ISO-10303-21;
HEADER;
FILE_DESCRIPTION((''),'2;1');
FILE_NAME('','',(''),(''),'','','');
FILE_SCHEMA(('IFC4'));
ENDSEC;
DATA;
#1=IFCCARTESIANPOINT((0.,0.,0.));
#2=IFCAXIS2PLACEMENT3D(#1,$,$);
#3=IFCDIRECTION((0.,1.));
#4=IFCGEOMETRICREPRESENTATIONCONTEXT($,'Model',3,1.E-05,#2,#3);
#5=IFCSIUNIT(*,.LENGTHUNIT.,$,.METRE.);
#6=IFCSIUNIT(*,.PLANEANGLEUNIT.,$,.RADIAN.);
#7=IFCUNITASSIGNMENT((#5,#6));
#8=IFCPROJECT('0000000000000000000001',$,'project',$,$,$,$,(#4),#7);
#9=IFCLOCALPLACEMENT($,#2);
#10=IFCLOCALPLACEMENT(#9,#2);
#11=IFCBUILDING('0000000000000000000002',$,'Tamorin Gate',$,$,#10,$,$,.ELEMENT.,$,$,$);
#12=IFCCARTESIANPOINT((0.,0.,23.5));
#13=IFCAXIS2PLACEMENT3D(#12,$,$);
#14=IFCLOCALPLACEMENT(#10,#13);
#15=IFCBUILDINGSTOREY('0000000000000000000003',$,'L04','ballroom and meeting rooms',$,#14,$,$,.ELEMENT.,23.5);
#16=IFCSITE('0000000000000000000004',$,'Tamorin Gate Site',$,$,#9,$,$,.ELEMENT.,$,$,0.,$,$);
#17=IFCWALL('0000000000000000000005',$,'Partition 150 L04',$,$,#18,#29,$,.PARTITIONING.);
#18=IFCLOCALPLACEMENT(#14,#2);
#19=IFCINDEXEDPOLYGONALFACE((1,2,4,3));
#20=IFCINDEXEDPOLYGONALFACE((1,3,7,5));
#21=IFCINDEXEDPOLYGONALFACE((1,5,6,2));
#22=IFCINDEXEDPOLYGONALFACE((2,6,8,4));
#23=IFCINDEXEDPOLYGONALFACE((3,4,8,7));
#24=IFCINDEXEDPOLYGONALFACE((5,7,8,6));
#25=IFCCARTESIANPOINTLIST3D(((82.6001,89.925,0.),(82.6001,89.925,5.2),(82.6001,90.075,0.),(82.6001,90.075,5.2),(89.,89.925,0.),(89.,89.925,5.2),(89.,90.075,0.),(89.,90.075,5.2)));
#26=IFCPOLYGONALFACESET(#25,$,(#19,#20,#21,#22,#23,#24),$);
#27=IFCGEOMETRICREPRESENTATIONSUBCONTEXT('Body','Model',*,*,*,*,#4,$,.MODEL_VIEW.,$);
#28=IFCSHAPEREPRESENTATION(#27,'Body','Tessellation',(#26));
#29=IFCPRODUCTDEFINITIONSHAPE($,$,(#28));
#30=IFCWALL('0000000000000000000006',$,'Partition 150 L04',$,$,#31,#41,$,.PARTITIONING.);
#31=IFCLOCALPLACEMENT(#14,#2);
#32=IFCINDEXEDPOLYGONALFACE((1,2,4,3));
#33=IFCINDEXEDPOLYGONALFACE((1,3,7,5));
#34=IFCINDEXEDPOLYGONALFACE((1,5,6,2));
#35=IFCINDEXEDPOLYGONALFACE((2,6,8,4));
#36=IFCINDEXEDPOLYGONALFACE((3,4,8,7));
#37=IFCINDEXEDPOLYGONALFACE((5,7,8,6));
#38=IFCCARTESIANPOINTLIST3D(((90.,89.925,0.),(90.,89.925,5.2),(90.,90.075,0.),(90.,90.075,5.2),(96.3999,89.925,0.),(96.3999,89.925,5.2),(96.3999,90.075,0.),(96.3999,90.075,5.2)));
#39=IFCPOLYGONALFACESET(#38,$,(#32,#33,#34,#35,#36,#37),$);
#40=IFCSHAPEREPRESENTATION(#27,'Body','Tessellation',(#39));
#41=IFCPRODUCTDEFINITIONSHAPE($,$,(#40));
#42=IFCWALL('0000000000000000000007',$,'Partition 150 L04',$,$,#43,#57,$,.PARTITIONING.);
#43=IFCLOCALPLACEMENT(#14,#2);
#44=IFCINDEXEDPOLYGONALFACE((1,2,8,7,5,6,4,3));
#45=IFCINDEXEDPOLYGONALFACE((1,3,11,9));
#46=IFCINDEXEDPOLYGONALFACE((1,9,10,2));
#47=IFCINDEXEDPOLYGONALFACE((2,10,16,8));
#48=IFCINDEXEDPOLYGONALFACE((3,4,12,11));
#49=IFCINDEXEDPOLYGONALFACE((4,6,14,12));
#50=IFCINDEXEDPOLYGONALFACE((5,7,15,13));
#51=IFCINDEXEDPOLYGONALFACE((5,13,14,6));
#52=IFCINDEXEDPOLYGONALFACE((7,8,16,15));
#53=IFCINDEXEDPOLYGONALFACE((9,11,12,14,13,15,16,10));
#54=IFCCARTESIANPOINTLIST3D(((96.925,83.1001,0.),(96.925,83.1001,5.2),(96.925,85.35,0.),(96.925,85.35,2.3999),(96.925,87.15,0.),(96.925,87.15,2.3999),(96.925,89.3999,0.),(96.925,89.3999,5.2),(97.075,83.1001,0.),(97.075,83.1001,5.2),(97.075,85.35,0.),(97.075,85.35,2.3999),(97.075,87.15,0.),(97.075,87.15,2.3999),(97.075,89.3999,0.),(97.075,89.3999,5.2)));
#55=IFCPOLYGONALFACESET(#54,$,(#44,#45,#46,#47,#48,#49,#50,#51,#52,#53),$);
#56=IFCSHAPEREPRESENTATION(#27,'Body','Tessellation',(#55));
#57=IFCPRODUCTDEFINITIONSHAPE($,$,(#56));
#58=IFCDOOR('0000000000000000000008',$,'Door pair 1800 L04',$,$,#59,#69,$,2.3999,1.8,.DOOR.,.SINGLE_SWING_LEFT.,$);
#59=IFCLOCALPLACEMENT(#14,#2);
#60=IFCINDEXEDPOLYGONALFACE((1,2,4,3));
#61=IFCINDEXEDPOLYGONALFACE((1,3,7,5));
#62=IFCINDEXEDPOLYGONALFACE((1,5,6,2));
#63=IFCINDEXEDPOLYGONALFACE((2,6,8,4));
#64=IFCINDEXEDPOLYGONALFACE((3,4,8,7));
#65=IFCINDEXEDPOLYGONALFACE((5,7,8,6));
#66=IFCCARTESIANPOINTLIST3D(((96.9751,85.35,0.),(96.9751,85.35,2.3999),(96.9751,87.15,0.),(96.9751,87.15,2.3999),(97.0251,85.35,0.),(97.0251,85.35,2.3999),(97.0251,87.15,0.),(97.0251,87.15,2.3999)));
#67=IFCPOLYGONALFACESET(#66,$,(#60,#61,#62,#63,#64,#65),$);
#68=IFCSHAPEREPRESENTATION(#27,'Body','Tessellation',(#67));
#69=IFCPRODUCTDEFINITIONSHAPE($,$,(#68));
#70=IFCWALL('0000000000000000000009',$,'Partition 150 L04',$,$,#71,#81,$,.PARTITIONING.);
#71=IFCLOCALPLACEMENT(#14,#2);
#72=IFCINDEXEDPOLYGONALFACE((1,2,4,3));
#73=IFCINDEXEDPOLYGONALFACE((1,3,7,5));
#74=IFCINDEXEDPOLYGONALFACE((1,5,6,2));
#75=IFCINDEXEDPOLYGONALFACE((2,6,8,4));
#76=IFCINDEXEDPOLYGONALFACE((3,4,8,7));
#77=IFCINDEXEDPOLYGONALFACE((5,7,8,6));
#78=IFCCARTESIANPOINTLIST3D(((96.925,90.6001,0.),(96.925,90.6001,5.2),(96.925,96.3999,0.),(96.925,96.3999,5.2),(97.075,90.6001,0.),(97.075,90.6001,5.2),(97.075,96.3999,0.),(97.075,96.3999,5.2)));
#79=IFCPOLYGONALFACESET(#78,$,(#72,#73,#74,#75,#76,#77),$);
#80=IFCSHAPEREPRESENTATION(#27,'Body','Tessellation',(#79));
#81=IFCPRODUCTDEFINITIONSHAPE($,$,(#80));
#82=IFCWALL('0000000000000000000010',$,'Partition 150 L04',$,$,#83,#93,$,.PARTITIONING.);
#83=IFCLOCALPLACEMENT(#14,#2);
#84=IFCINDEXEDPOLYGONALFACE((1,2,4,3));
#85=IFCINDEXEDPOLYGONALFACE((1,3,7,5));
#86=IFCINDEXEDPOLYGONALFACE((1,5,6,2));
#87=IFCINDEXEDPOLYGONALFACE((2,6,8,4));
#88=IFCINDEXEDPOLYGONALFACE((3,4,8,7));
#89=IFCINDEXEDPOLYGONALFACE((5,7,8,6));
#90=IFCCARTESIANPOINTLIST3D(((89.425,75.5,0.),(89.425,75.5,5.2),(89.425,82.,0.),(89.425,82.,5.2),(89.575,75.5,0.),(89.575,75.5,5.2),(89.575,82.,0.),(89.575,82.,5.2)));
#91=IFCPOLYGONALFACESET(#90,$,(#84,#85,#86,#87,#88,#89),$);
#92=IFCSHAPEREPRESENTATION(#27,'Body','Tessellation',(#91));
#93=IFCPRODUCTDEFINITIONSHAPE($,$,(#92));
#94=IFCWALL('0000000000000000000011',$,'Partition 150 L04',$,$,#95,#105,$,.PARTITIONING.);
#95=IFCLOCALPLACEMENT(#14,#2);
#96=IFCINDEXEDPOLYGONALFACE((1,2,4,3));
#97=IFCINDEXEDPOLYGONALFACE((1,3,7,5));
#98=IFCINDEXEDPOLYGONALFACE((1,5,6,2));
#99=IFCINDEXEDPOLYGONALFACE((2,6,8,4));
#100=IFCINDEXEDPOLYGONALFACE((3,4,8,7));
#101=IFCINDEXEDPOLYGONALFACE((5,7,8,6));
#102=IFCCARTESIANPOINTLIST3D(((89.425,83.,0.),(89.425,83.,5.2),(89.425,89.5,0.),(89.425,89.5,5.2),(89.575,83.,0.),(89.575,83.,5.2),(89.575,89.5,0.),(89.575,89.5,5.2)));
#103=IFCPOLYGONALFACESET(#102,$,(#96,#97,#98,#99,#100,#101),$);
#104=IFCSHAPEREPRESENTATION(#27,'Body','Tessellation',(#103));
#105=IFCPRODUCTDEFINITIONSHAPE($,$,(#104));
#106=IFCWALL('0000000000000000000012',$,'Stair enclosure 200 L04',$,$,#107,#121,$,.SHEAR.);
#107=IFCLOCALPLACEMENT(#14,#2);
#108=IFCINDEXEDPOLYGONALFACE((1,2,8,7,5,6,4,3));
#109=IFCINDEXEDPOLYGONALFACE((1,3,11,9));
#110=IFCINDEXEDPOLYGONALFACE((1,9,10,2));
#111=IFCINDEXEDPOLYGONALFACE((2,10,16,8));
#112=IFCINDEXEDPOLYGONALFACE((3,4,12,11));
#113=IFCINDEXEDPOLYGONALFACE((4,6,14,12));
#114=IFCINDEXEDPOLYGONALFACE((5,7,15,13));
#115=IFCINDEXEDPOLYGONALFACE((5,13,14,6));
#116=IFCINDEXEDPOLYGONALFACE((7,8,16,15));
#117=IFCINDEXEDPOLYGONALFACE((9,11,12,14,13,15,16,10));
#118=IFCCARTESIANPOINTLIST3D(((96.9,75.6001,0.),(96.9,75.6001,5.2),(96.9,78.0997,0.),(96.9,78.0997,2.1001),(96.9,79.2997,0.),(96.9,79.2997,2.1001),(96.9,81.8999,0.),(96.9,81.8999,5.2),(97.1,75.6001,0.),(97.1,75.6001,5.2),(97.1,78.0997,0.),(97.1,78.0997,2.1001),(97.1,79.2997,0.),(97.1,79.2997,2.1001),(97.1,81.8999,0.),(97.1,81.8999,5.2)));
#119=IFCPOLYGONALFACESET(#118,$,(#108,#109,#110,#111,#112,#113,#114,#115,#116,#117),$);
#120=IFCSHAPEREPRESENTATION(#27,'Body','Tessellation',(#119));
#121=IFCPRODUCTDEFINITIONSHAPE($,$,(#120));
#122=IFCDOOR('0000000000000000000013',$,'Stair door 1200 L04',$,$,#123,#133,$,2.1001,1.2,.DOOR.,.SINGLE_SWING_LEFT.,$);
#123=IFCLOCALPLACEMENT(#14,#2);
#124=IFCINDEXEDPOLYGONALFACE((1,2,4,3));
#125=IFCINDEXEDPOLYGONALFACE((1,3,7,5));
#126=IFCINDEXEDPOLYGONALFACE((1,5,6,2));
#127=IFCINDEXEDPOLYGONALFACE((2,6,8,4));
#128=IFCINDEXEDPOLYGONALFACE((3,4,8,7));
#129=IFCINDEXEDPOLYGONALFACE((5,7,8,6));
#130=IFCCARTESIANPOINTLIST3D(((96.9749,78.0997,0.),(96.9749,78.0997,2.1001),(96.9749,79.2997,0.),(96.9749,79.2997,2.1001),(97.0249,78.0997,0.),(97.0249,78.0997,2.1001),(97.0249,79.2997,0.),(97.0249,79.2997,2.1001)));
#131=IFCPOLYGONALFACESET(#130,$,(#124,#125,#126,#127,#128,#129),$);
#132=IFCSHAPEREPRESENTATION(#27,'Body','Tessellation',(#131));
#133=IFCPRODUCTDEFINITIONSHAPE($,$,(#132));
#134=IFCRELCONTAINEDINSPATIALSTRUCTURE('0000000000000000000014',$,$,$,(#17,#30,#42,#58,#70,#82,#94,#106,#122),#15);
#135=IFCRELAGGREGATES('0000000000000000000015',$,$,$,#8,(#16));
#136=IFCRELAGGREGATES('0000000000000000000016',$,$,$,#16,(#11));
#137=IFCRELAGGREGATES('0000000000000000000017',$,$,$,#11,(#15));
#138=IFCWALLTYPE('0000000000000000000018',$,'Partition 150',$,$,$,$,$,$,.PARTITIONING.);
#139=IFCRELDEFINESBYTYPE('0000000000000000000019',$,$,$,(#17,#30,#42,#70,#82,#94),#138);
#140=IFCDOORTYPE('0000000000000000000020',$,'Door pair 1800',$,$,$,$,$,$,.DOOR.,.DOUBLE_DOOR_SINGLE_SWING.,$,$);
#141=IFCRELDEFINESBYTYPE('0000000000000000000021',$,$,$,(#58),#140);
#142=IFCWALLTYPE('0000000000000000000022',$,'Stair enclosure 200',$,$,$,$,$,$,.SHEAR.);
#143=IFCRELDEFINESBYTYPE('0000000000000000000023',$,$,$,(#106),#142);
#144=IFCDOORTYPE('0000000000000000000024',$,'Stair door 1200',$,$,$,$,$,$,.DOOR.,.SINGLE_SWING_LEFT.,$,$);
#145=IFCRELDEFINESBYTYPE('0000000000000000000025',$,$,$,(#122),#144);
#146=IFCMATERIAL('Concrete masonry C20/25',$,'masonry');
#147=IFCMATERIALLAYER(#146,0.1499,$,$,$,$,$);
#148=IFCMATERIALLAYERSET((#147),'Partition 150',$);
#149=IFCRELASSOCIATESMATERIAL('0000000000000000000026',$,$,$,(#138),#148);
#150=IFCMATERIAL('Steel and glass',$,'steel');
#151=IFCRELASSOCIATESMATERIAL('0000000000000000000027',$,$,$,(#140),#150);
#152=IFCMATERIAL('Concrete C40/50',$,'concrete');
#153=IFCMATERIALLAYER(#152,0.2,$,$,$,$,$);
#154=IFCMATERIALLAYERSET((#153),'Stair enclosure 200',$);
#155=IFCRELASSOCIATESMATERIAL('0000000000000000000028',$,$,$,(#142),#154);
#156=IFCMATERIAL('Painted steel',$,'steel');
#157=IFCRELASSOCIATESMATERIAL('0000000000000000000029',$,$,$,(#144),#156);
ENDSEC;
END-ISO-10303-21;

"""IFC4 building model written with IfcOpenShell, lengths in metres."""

from ifc_helpers import new_model, si_unit, direction, frame, frame_2d, origin, place, context, subcontext, project, spatial, rectangle, extrude, material, layer, layer_set, type_object, element, fill, save


model = new_model("IFC4")

# Units and contexts
model_context = context("Model", 3, precision=1e-05, world=origin(), true_north=direction((0.0, 1.0)))
body_context = subcontext(model_context, "Body", "Model", "MODEL_VIEW")
ifc_project = project(units=[si_unit("LENGTHUNIT", "METRE"), si_unit("PLANEANGLEUNIT", "RADIAN")], contexts=[model_context])

# Site, building, storey
site_placement = place(None, origin())
site = spatial("IfcSite", under=ifc_project, at=site_placement, Name="Tamorin Gate Site", CompositionType="ELEMENT", RefElevation=0.0)
building_placement = place(site_placement, origin())
building = spatial("IfcBuilding", under=site, at=building_placement, Name="Tamorin Gate", CompositionType="ELEMENT")
storey_placement = place(building_placement, frame((0.0, 0.0, 23.5)))
storey = spatial("IfcBuildingStorey", under=building, at=storey_placement, Name="L04", Description="ballroom and meeting rooms", CompositionType="ELEMENT", Elevation=23.5)

# Shared definitions
ifc_material_1 = material(Name="Concrete masonry C20/25", Category="masonry")
ifc_layer_1 = layer(ifc_material_1, 0.1499)
ifc_layer_set_1 = layer_set([ifc_layer_1], Name="Partition 150")
wall_type_1 = type_object("IfcWallType", Name="Partition 150", PredefinedType="PARTITIONING", material=ifc_layer_set_1)
ifc_material_2 = material(Name="Steel and glass", Category="steel")
door_type_1 = type_object("IfcDoorType", Name="Door pair 1800", OperationType="DOUBLE_DOOR_SINGLE_SWING", PredefinedType="DOOR", material=ifc_material_2)

# Walls
for number, where, z_axis, x_axis, name in (
    (1, (82.6001, 90.0, 0.0), (0.0, 0.0, 1.0), (1.0, 0.0, 0.0), "Partition 150 L04"),
    (2, (90.0, 90.0, 0.0), (0.0, 0.0, 1.0), (1.0, 0.0, 0.0), "Partition 150 L04"),
):
    element("IfcWall", number, at=place(storey_placement, frame(where, z_axis=z_axis, x_axis=x_axis)), inside=storey, type_object=wall_type_1, Name=name, PredefinedType="PARTITIONING", context=body_context, shape_type="SweptSolid", body=[
        extrude(rectangle(XDim=6.3999, YDim=0.1499, at=frame_2d((3.2, 0.0))), origin(), (0.0, 0.0, 1.0), 5.2),
    ])

# Wall, opening, door
wall_1_placement = place(storey_placement, frame((97.0, 83.1001, 0.0), z_axis=(0.0, 0.0, 1.0), x_axis=(0.0, 1.0, 0.0)))
wall_1 = element("IfcWall", 3, at=wall_1_placement, inside=storey, type_object=wall_type_1, Name="Partition 150 L04", PredefinedType="PARTITIONING", context=body_context, shape_type="SweptSolid", body=[
    extrude(rectangle(XDim=6.2998, YDim=0.1499, at=frame_2d((3.1499, 0.0))), origin(), (0.0, 0.0, 1.0), 5.2),
])
opening_1_placement = place(wall_1_placement, frame((2.25, 0.0, 0.0)))
opening_1 = element("IfcOpeningElement", 4, at=opening_1_placement, cuts=wall_1, PredefinedType="OPENING", context=body_context, shape_type="SweptSolid", body=[
    extrude(rectangle(XDim=1.8, YDim=2.3999, at=frame_2d((0.8999, 1.2))), frame((0.0, 0.085, 0.0), z_axis=(0.0, -1.0, 0.0), x_axis=(1.0, 0.0, 0.0)), (0.0, 0.0, 1.0), 0.1699),
])
door_1_placement = place(opening_1_placement, origin())
door_1 = element("IfcDoor", 5, at=door_1_placement, inside=storey, type_object=door_type_1, Name="Door pair 1800 L04", OperationType="SINGLE_SWING_LEFT", OverallHeight=2.3999, OverallWidth=1.8, PredefinedType="DOOR", context=body_context, shape_type="SweptSolid", body=[
    extrude(rectangle(XDim=1.8, YDim=2.3999, at=frame_2d((0.8999, 1.2))), frame((0.0, 0.0249, 0.0), z_axis=(0.0, -1.0, 0.0), x_axis=(1.0, 0.0, 0.0)), (0.0, 0.0, 1.0), 0.05),
])
fill(opening_1, door_1)

# Walls
wall_2_placement = place(storey_placement, frame((97.0, 90.6001, 0.0), z_axis=(0.0, 0.0, 1.0), x_axis=(0.0, 1.0, 0.0)))
element("IfcWall", 6, at=wall_2_placement, inside=storey, type_object=wall_type_1, Name="Partition 150 L04", PredefinedType="PARTITIONING", context=body_context, shape_type="SweptSolid", body=[
    extrude(rectangle(XDim=5.7998, YDim=0.1499, at=frame_2d((2.8999, 0.0))), origin(), (0.0, 0.0, 1.0), 5.2),
])
for number, where, z_axis, x_axis, name in (
    (7, (89.5, 75.5, 0.0), (0.0, 0.0, 1.0), (0.0, 1.0, 0.0), "Partition 150 L04"),
    (8, (89.5, 83.0, 0.0), (0.0, 0.0, 1.0), (0.0, 1.0, 0.0), "Partition 150 L04"),
):
    element("IfcWall", number, at=place(storey_placement, frame(where, z_axis=z_axis, x_axis=x_axis)), inside=storey, type_object=wall_type_1, Name=name, PredefinedType="PARTITIONING", context=body_context, shape_type="SweptSolid", body=[
        extrude(rectangle(XDim=6.5, YDim=0.1499, at=frame_2d((3.25, 0.0))), origin(), (0.0, 0.0, 1.0), 5.2),
    ])

# Wall, opening, door
ifc_material_3 = material(Name="Concrete C40/50", Category="concrete")
ifc_layer_2 = layer(ifc_material_3, 0.2)
ifc_layer_set_2 = layer_set([ifc_layer_2], Name="Stair enclosure 200")
wall_type_2 = type_object("IfcWallType", Name="Stair enclosure 200", PredefinedType="SHEAR", material=ifc_layer_set_2)
wall_3_placement = place(storey_placement, frame((97.0, 81.8999, 0.0), z_axis=(0.0, 0.0, 1.0), x_axis=(0.0, -1.0, 0.0)))
wall_3 = element("IfcWall", 9, at=wall_3_placement, inside=storey, type_object=wall_type_2, Name="Stair enclosure 200 L04", PredefinedType="SHEAR", context=body_context, shape_type="SweptSolid", body=[
    extrude(rectangle(XDim=6.2998, YDim=0.2, at=frame_2d((3.1499, 0.0))), origin(), (0.0, 0.0, 1.0), 5.2),
])
opening_2_placement = place(wall_3_placement, frame((2.6001, 0.0, 0.0)))
opening_2 = element("IfcOpeningElement", 10, at=opening_2_placement, cuts=wall_3, PredefinedType="OPENING", context=body_context, shape_type="SweptSolid", body=[
    extrude(rectangle(XDim=1.2, YDim=2.1001, at=frame_2d((0.6001, 1.05))), frame((0.0, 0.1099, 0.0), z_axis=(0.0, -1.0, 0.0), x_axis=(1.0, 0.0, 0.0)), (0.0, 0.0, 1.0), 0.22),
])
ifc_material_4 = material(Name="Painted steel", Category="steel")
door_type_2 = type_object("IfcDoorType", Name="Stair door 1200", OperationType="SINGLE_SWING_LEFT", PredefinedType="DOOR", material=ifc_material_4)
door_2_placement = place(opening_2_placement, origin())
door_2 = element("IfcDoor", 11, at=door_2_placement, inside=storey, type_object=door_type_2, Name="Stair door 1200 L04", OperationType="SINGLE_SWING_LEFT", OverallHeight=2.1001, OverallWidth=1.2, PredefinedType="DOOR", context=body_context, shape_type="SweptSolid", body=[
    extrude(rectangle(XDim=1.2, YDim=2.1001, at=frame_2d((0.6001, 1.05))), frame((0.0, 0.0249, 0.0), z_axis=(0.0, -1.0, 0.0), x_axis=(1.0, 0.0, 0.0)), (0.0, 0.0, 1.0), 0.05),
])
fill(opening_2, door_2)

save(model, "model.ifc")
